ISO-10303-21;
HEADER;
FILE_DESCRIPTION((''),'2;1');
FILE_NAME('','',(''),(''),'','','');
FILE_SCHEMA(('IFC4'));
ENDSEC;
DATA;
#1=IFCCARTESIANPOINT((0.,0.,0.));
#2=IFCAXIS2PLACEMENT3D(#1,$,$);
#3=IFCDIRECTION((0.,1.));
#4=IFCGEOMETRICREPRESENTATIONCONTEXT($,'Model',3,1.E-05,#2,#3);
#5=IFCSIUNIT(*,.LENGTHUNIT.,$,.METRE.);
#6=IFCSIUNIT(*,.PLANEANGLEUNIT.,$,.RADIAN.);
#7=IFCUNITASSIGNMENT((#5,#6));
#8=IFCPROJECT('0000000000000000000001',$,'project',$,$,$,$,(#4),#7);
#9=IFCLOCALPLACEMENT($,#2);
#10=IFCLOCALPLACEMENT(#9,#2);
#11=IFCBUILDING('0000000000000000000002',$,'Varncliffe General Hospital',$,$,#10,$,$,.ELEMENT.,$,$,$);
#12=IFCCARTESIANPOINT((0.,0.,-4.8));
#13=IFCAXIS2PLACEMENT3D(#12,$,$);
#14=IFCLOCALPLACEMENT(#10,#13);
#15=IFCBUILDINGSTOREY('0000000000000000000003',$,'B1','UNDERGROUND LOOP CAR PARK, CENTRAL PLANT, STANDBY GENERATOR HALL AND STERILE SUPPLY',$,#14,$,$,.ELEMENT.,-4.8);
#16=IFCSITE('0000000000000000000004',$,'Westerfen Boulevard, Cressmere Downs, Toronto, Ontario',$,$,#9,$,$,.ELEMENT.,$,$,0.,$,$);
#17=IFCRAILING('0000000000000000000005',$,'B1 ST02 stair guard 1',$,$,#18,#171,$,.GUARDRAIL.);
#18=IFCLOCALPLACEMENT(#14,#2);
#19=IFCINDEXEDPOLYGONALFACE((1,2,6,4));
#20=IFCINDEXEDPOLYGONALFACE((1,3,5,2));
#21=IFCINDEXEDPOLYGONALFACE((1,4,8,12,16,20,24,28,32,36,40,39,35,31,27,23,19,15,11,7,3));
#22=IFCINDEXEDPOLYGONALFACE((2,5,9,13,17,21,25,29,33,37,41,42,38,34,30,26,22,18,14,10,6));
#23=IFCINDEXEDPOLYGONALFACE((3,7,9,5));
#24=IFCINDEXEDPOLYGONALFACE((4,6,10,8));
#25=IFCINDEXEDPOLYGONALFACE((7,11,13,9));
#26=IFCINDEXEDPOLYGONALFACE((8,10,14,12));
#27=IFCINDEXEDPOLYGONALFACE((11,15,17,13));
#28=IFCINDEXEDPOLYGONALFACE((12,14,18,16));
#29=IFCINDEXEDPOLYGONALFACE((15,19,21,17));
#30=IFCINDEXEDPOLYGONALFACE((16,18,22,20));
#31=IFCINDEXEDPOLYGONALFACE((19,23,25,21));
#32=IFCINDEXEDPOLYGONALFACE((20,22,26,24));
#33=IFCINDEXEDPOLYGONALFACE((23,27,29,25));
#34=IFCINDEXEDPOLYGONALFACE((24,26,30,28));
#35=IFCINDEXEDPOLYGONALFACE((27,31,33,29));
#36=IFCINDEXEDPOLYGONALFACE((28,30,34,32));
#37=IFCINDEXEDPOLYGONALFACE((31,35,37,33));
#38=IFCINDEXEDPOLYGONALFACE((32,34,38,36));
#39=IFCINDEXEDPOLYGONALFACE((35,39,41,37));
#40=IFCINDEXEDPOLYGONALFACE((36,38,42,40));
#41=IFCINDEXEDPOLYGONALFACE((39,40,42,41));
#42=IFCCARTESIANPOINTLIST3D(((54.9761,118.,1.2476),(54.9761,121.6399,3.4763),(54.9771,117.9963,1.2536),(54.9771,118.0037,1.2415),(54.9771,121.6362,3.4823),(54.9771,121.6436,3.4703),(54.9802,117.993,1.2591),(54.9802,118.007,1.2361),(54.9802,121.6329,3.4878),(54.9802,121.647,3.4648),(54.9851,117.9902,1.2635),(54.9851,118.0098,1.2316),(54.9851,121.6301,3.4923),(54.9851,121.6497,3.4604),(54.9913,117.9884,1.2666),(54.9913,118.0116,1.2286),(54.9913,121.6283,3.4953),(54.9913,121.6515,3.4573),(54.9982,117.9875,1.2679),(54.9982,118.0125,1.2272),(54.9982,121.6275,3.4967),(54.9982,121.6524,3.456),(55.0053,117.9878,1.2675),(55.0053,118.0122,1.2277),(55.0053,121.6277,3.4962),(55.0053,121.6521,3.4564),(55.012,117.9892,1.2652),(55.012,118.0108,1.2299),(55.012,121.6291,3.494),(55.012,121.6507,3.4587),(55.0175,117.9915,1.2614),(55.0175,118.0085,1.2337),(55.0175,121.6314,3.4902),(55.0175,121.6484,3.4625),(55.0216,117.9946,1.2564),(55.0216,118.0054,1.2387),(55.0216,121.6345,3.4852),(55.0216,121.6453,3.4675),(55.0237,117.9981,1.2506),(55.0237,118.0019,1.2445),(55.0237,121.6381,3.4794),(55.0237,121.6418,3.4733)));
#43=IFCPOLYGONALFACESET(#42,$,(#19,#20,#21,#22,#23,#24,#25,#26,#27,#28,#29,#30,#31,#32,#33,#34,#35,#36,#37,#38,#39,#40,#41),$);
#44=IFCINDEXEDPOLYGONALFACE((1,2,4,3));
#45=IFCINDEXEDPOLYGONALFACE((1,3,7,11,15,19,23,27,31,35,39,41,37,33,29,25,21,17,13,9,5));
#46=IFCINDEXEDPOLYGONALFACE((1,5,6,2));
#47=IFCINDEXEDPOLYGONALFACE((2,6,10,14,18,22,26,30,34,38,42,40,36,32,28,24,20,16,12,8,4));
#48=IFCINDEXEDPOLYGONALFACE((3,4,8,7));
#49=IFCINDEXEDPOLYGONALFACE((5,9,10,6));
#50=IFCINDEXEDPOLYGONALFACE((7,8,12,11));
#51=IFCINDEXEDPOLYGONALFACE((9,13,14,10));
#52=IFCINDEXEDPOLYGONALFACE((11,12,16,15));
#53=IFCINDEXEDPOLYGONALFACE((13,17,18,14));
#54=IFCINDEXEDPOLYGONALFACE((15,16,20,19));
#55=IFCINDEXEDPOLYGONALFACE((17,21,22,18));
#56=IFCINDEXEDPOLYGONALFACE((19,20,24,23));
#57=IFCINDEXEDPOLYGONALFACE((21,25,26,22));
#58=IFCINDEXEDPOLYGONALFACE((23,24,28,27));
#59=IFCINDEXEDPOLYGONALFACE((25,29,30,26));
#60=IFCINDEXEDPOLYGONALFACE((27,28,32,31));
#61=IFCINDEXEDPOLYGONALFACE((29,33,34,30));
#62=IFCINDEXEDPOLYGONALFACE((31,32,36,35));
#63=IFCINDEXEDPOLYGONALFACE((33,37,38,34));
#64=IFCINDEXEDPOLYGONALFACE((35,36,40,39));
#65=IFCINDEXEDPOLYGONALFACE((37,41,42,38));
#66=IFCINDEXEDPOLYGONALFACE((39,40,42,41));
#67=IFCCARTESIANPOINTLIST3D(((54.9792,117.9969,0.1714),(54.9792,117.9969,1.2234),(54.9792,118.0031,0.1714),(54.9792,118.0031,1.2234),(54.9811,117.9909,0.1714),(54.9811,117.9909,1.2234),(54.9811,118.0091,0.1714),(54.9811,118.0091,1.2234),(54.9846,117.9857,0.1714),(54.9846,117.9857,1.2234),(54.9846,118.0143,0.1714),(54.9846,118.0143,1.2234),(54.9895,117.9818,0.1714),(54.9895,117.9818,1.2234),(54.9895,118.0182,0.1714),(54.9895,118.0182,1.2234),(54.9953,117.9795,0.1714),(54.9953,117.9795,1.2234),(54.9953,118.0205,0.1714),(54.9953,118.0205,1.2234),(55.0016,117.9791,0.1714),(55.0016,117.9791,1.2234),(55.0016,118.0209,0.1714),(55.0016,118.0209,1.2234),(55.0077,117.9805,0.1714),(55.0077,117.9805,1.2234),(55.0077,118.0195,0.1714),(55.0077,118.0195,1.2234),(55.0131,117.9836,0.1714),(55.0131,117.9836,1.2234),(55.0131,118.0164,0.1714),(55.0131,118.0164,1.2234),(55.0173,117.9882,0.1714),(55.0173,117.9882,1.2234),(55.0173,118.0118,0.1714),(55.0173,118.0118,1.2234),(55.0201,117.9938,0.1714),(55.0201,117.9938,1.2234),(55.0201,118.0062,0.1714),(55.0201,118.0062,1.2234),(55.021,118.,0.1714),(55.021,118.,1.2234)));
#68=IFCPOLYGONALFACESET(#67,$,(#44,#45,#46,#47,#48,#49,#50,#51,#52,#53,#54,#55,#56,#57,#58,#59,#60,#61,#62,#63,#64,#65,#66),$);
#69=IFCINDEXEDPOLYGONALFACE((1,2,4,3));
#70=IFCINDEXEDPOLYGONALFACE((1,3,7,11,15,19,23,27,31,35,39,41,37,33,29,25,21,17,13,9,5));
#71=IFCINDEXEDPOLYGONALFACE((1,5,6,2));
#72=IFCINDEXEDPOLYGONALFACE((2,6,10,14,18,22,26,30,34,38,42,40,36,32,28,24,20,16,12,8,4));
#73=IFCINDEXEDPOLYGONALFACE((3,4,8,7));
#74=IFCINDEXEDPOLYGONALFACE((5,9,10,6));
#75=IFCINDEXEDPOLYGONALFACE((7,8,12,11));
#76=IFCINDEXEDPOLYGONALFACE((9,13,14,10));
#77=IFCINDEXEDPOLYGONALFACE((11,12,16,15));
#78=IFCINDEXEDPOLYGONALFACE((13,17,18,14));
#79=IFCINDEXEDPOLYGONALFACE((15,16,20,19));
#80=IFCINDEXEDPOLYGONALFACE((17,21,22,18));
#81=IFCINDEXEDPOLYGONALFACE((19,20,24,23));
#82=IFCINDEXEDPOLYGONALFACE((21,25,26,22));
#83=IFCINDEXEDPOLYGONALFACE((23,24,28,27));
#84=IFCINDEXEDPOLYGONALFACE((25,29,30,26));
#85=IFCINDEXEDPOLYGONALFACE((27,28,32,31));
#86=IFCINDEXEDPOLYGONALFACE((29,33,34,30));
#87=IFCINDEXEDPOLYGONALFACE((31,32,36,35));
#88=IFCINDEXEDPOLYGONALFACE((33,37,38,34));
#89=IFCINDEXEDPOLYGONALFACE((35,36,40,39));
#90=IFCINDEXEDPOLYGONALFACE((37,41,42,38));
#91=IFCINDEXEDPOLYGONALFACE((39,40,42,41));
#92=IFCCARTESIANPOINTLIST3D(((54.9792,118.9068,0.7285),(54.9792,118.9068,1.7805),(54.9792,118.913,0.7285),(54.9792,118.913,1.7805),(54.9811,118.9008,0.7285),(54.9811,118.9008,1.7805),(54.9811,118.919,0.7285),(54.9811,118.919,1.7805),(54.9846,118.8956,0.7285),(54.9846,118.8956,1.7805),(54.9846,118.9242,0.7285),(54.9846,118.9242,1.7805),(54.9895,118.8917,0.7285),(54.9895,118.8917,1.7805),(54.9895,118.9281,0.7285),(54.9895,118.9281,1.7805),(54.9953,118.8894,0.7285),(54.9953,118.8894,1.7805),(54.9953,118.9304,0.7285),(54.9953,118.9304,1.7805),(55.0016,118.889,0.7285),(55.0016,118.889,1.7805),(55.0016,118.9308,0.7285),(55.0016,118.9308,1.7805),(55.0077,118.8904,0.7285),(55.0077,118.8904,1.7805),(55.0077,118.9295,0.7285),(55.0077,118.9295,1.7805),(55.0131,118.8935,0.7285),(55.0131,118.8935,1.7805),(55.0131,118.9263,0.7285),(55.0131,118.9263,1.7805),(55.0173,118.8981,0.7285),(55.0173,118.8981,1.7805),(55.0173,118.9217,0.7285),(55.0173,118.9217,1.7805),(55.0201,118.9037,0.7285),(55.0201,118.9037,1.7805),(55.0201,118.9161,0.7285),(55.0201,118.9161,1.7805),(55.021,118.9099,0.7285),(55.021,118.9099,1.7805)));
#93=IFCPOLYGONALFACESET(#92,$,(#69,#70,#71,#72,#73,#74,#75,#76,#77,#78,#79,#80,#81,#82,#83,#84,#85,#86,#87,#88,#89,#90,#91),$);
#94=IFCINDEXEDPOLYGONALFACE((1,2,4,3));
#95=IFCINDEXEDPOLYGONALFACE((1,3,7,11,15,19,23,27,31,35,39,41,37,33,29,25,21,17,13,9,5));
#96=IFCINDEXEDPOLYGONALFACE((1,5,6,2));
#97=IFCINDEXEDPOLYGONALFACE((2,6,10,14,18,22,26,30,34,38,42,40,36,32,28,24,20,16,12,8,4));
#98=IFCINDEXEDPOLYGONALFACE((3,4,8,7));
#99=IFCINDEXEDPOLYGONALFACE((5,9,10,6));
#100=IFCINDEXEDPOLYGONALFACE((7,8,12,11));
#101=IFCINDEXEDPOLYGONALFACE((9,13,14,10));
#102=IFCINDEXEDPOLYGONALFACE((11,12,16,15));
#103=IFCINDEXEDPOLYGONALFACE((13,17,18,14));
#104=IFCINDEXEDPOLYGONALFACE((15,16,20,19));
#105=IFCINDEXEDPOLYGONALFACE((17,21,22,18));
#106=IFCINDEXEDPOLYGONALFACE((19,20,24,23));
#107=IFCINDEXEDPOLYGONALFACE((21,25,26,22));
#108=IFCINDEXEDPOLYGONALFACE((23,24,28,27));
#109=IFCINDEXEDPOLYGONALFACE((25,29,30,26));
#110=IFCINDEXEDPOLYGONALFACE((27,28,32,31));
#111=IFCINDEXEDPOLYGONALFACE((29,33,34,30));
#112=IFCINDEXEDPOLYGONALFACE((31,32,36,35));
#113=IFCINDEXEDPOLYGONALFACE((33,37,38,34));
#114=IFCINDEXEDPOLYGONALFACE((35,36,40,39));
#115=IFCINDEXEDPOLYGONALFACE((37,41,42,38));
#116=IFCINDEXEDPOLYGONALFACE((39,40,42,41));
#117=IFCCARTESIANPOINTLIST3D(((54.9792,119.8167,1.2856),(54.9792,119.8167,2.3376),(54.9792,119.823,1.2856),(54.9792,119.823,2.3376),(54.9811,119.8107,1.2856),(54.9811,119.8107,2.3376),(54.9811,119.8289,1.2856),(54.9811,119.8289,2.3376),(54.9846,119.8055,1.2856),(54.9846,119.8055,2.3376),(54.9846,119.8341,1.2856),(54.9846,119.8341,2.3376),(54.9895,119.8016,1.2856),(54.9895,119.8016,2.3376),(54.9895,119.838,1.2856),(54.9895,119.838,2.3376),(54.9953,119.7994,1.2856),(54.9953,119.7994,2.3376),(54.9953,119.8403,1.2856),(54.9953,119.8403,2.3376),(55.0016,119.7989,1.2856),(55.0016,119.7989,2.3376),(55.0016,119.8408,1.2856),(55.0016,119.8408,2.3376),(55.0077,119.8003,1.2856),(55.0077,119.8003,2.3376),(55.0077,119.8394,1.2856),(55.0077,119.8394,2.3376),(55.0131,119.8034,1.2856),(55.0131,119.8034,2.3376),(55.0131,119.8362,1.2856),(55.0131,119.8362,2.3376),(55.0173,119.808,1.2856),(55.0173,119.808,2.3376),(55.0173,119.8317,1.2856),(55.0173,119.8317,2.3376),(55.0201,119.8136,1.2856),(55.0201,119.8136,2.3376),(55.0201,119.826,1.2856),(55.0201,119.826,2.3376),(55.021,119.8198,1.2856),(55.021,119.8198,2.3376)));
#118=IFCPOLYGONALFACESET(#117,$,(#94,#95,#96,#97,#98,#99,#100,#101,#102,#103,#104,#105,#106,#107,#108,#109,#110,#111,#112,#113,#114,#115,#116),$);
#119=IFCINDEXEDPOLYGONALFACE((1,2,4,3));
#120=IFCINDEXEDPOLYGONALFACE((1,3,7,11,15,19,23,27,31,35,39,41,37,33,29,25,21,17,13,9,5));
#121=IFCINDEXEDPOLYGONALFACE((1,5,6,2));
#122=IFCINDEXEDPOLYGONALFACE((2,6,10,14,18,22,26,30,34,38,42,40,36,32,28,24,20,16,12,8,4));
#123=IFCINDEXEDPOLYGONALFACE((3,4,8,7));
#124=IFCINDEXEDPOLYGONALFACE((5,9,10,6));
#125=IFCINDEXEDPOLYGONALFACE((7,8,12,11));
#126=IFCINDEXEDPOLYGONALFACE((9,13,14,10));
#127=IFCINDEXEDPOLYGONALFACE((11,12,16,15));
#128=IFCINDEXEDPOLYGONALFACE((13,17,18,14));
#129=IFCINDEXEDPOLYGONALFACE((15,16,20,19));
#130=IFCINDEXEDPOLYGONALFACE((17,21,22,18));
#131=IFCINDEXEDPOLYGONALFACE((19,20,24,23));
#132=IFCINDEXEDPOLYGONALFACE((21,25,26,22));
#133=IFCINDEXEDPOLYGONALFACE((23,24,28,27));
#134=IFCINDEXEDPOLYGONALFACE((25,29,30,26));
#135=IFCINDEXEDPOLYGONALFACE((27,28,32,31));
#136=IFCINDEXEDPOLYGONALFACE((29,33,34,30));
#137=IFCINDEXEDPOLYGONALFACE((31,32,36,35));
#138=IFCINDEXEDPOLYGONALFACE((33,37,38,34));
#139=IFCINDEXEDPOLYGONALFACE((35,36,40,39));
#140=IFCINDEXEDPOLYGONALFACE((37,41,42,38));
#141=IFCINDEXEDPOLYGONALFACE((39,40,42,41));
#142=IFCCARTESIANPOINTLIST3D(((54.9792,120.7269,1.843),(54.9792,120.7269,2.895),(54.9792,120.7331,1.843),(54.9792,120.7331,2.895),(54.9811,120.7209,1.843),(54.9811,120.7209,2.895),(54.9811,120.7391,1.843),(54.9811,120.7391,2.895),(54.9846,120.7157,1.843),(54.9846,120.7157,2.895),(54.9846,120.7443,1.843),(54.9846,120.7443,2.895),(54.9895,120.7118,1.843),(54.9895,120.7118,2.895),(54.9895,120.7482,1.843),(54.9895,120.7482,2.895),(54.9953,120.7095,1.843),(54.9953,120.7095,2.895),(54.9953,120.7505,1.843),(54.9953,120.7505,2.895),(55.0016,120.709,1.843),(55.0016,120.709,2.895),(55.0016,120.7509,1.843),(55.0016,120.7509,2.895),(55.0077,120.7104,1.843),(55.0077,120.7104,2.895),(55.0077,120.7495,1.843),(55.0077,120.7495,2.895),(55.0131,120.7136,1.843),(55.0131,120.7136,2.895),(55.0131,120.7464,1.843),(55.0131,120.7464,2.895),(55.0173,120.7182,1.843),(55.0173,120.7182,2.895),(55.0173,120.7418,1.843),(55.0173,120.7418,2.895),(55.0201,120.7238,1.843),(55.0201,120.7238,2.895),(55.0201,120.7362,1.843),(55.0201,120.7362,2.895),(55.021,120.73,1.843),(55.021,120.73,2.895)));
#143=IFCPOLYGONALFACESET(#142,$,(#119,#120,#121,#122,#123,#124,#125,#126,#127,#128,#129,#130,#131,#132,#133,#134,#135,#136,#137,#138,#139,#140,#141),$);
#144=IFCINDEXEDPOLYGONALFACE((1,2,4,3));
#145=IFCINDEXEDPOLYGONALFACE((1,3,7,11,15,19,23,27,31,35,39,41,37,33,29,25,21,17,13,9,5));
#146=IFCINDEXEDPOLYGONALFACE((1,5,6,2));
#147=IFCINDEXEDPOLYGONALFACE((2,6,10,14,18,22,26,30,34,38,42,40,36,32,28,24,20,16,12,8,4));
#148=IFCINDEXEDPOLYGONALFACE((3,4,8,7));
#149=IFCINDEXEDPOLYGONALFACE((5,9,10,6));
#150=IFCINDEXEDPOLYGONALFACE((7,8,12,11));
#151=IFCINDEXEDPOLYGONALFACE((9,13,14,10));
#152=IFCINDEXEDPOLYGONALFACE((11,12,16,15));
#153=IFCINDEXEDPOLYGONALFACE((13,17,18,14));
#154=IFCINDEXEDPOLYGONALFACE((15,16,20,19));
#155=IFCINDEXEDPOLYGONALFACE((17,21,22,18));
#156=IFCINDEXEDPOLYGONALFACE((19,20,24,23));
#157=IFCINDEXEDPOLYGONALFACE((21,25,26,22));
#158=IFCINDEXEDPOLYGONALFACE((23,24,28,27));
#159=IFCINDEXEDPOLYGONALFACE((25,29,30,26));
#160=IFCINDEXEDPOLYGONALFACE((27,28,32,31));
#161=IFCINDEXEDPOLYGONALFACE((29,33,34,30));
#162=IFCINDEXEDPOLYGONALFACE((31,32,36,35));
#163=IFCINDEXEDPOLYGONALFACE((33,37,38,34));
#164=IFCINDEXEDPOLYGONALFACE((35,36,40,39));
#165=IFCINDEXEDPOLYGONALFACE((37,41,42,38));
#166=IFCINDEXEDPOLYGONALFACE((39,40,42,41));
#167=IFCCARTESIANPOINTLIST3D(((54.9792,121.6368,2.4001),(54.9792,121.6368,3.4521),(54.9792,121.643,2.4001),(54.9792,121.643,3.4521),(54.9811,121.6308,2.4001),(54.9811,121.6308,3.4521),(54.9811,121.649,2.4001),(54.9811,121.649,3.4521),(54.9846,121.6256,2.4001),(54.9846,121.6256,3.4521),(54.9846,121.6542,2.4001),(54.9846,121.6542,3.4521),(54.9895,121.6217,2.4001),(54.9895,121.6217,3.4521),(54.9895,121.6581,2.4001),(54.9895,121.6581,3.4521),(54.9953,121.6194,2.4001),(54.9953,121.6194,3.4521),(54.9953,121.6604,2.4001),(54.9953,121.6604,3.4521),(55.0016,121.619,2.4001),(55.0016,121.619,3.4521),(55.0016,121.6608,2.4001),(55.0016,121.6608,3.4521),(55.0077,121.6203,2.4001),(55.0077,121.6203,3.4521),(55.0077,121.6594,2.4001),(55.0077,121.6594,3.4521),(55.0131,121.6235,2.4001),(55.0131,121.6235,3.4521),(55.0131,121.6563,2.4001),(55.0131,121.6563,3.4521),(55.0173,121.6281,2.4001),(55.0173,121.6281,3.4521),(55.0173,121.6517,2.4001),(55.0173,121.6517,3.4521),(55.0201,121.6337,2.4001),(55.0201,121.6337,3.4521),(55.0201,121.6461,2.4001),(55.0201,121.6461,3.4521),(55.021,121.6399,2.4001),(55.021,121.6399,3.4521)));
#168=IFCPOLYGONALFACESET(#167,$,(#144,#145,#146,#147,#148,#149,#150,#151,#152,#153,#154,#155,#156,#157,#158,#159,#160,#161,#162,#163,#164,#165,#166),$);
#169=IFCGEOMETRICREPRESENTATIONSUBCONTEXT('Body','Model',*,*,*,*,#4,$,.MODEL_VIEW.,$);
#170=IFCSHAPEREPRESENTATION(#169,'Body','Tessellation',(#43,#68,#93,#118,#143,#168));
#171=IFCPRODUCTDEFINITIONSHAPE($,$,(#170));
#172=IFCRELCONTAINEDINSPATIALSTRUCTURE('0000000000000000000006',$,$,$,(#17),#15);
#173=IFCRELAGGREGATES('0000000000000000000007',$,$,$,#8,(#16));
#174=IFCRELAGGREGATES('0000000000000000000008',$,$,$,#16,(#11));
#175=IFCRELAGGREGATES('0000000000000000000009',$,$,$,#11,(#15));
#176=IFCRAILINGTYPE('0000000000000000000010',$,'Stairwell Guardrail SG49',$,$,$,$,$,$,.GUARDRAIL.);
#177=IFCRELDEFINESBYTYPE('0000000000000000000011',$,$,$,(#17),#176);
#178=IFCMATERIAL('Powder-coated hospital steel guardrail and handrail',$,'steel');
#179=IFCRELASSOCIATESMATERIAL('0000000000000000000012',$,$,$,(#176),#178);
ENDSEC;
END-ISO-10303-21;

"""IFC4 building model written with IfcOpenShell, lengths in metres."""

from ifc_helpers import new_model, si_unit, direction, frame, origin, origin_2d, place, context, subcontext, project, spatial, circle, extrude, material, type_object, element, save


model = new_model("IFC4")

# Units and contexts
model_context = context("Model", 3, precision=1e-05, world=origin(), true_north=direction((0.0, 1.0)))
body_context = subcontext(model_context, "Body", "Model", "MODEL_VIEW")
ifc_project = project(units=[si_unit("LENGTHUNIT", "METRE"), si_unit("PLANEANGLEUNIT", "RADIAN")], contexts=[model_context])

# Site, building, storey
site_placement = place(None, origin())
site = spatial("IfcSite", under=ifc_project, at=site_placement, Name="Westerfen Boulevard, Cressmere Downs, Toronto, Ontario", CompositionType="ELEMENT", RefElevation=0.0)
building_placement = place(site_placement, origin())
building = spatial("IfcBuilding", under=site, at=building_placement, Name="Varncliffe General Hospital", CompositionType="ELEMENT")
storey_placement = place(building_placement, frame((0.0, 0.0, -4.8)))
storey = spatial("IfcBuildingStorey", under=building, at=storey_placement, Name="B1", Description="UNDERGROUND LOOP CAR PARK, CENTRAL PLANT, STANDBY GENERATOR HALL AND STERILE SUPPLY", CompositionType="ELEMENT", Elevation=-4.8)

# Railing
ifc_material_1 = material(Name="Powder-coated hospital steel guardrail and handrail", Category="steel")
railing_type_1 = type_object("IfcRailingType", Name="Stairwell Guardrail SG49", PredefinedType="GUARDRAIL", material=ifc_material_1)
railing_1_placement = place(storey_placement, frame((55.0, 118.0, 0.1714)))
element("IfcRailing", 1, at=railing_1_placement, inside=storey, type_object=railing_type_1, Name="B1 ST02 stair guard 1", PredefinedType="GUARDRAIL", context=body_context, shape_type="SweptSolid", body=[
    extrude(circle(Radius=0.0239, at=origin_2d()), frame((0.0, 0.0, 1.0762), z_axis=(0.0, 0.852825, 0.522197), x_axis=(-1.0, 0.0, 0.0)), (0.0, 0.0, 1.0), 4.2681),
    extrude(circle(Radius=0.021, at=origin_2d()), origin(), (0.0, 0.0, 1.0), 1.052),
    extrude(circle(Radius=0.021, at=origin_2d()), frame((0.0, 0.9099, 0.5571)), (0.0, 0.0, 1.0), 1.052),
    extrude(circle(Radius=0.021, at=origin_2d()), frame((0.0, 1.8198, 1.1143)), (0.0, 0.0, 1.0), 1.052),
    extrude(circle(Radius=0.021, at=origin_2d()), frame((0.0, 2.73, 1.6716)), (0.0, 0.0, 1.0), 1.052),
    extrude(circle(Radius=0.021, at=origin_2d()), frame((0.0, 3.6399, 2.2288)), (0.0, 0.0, 1.0), 1.052),
])

save(model, "model.ifc")
